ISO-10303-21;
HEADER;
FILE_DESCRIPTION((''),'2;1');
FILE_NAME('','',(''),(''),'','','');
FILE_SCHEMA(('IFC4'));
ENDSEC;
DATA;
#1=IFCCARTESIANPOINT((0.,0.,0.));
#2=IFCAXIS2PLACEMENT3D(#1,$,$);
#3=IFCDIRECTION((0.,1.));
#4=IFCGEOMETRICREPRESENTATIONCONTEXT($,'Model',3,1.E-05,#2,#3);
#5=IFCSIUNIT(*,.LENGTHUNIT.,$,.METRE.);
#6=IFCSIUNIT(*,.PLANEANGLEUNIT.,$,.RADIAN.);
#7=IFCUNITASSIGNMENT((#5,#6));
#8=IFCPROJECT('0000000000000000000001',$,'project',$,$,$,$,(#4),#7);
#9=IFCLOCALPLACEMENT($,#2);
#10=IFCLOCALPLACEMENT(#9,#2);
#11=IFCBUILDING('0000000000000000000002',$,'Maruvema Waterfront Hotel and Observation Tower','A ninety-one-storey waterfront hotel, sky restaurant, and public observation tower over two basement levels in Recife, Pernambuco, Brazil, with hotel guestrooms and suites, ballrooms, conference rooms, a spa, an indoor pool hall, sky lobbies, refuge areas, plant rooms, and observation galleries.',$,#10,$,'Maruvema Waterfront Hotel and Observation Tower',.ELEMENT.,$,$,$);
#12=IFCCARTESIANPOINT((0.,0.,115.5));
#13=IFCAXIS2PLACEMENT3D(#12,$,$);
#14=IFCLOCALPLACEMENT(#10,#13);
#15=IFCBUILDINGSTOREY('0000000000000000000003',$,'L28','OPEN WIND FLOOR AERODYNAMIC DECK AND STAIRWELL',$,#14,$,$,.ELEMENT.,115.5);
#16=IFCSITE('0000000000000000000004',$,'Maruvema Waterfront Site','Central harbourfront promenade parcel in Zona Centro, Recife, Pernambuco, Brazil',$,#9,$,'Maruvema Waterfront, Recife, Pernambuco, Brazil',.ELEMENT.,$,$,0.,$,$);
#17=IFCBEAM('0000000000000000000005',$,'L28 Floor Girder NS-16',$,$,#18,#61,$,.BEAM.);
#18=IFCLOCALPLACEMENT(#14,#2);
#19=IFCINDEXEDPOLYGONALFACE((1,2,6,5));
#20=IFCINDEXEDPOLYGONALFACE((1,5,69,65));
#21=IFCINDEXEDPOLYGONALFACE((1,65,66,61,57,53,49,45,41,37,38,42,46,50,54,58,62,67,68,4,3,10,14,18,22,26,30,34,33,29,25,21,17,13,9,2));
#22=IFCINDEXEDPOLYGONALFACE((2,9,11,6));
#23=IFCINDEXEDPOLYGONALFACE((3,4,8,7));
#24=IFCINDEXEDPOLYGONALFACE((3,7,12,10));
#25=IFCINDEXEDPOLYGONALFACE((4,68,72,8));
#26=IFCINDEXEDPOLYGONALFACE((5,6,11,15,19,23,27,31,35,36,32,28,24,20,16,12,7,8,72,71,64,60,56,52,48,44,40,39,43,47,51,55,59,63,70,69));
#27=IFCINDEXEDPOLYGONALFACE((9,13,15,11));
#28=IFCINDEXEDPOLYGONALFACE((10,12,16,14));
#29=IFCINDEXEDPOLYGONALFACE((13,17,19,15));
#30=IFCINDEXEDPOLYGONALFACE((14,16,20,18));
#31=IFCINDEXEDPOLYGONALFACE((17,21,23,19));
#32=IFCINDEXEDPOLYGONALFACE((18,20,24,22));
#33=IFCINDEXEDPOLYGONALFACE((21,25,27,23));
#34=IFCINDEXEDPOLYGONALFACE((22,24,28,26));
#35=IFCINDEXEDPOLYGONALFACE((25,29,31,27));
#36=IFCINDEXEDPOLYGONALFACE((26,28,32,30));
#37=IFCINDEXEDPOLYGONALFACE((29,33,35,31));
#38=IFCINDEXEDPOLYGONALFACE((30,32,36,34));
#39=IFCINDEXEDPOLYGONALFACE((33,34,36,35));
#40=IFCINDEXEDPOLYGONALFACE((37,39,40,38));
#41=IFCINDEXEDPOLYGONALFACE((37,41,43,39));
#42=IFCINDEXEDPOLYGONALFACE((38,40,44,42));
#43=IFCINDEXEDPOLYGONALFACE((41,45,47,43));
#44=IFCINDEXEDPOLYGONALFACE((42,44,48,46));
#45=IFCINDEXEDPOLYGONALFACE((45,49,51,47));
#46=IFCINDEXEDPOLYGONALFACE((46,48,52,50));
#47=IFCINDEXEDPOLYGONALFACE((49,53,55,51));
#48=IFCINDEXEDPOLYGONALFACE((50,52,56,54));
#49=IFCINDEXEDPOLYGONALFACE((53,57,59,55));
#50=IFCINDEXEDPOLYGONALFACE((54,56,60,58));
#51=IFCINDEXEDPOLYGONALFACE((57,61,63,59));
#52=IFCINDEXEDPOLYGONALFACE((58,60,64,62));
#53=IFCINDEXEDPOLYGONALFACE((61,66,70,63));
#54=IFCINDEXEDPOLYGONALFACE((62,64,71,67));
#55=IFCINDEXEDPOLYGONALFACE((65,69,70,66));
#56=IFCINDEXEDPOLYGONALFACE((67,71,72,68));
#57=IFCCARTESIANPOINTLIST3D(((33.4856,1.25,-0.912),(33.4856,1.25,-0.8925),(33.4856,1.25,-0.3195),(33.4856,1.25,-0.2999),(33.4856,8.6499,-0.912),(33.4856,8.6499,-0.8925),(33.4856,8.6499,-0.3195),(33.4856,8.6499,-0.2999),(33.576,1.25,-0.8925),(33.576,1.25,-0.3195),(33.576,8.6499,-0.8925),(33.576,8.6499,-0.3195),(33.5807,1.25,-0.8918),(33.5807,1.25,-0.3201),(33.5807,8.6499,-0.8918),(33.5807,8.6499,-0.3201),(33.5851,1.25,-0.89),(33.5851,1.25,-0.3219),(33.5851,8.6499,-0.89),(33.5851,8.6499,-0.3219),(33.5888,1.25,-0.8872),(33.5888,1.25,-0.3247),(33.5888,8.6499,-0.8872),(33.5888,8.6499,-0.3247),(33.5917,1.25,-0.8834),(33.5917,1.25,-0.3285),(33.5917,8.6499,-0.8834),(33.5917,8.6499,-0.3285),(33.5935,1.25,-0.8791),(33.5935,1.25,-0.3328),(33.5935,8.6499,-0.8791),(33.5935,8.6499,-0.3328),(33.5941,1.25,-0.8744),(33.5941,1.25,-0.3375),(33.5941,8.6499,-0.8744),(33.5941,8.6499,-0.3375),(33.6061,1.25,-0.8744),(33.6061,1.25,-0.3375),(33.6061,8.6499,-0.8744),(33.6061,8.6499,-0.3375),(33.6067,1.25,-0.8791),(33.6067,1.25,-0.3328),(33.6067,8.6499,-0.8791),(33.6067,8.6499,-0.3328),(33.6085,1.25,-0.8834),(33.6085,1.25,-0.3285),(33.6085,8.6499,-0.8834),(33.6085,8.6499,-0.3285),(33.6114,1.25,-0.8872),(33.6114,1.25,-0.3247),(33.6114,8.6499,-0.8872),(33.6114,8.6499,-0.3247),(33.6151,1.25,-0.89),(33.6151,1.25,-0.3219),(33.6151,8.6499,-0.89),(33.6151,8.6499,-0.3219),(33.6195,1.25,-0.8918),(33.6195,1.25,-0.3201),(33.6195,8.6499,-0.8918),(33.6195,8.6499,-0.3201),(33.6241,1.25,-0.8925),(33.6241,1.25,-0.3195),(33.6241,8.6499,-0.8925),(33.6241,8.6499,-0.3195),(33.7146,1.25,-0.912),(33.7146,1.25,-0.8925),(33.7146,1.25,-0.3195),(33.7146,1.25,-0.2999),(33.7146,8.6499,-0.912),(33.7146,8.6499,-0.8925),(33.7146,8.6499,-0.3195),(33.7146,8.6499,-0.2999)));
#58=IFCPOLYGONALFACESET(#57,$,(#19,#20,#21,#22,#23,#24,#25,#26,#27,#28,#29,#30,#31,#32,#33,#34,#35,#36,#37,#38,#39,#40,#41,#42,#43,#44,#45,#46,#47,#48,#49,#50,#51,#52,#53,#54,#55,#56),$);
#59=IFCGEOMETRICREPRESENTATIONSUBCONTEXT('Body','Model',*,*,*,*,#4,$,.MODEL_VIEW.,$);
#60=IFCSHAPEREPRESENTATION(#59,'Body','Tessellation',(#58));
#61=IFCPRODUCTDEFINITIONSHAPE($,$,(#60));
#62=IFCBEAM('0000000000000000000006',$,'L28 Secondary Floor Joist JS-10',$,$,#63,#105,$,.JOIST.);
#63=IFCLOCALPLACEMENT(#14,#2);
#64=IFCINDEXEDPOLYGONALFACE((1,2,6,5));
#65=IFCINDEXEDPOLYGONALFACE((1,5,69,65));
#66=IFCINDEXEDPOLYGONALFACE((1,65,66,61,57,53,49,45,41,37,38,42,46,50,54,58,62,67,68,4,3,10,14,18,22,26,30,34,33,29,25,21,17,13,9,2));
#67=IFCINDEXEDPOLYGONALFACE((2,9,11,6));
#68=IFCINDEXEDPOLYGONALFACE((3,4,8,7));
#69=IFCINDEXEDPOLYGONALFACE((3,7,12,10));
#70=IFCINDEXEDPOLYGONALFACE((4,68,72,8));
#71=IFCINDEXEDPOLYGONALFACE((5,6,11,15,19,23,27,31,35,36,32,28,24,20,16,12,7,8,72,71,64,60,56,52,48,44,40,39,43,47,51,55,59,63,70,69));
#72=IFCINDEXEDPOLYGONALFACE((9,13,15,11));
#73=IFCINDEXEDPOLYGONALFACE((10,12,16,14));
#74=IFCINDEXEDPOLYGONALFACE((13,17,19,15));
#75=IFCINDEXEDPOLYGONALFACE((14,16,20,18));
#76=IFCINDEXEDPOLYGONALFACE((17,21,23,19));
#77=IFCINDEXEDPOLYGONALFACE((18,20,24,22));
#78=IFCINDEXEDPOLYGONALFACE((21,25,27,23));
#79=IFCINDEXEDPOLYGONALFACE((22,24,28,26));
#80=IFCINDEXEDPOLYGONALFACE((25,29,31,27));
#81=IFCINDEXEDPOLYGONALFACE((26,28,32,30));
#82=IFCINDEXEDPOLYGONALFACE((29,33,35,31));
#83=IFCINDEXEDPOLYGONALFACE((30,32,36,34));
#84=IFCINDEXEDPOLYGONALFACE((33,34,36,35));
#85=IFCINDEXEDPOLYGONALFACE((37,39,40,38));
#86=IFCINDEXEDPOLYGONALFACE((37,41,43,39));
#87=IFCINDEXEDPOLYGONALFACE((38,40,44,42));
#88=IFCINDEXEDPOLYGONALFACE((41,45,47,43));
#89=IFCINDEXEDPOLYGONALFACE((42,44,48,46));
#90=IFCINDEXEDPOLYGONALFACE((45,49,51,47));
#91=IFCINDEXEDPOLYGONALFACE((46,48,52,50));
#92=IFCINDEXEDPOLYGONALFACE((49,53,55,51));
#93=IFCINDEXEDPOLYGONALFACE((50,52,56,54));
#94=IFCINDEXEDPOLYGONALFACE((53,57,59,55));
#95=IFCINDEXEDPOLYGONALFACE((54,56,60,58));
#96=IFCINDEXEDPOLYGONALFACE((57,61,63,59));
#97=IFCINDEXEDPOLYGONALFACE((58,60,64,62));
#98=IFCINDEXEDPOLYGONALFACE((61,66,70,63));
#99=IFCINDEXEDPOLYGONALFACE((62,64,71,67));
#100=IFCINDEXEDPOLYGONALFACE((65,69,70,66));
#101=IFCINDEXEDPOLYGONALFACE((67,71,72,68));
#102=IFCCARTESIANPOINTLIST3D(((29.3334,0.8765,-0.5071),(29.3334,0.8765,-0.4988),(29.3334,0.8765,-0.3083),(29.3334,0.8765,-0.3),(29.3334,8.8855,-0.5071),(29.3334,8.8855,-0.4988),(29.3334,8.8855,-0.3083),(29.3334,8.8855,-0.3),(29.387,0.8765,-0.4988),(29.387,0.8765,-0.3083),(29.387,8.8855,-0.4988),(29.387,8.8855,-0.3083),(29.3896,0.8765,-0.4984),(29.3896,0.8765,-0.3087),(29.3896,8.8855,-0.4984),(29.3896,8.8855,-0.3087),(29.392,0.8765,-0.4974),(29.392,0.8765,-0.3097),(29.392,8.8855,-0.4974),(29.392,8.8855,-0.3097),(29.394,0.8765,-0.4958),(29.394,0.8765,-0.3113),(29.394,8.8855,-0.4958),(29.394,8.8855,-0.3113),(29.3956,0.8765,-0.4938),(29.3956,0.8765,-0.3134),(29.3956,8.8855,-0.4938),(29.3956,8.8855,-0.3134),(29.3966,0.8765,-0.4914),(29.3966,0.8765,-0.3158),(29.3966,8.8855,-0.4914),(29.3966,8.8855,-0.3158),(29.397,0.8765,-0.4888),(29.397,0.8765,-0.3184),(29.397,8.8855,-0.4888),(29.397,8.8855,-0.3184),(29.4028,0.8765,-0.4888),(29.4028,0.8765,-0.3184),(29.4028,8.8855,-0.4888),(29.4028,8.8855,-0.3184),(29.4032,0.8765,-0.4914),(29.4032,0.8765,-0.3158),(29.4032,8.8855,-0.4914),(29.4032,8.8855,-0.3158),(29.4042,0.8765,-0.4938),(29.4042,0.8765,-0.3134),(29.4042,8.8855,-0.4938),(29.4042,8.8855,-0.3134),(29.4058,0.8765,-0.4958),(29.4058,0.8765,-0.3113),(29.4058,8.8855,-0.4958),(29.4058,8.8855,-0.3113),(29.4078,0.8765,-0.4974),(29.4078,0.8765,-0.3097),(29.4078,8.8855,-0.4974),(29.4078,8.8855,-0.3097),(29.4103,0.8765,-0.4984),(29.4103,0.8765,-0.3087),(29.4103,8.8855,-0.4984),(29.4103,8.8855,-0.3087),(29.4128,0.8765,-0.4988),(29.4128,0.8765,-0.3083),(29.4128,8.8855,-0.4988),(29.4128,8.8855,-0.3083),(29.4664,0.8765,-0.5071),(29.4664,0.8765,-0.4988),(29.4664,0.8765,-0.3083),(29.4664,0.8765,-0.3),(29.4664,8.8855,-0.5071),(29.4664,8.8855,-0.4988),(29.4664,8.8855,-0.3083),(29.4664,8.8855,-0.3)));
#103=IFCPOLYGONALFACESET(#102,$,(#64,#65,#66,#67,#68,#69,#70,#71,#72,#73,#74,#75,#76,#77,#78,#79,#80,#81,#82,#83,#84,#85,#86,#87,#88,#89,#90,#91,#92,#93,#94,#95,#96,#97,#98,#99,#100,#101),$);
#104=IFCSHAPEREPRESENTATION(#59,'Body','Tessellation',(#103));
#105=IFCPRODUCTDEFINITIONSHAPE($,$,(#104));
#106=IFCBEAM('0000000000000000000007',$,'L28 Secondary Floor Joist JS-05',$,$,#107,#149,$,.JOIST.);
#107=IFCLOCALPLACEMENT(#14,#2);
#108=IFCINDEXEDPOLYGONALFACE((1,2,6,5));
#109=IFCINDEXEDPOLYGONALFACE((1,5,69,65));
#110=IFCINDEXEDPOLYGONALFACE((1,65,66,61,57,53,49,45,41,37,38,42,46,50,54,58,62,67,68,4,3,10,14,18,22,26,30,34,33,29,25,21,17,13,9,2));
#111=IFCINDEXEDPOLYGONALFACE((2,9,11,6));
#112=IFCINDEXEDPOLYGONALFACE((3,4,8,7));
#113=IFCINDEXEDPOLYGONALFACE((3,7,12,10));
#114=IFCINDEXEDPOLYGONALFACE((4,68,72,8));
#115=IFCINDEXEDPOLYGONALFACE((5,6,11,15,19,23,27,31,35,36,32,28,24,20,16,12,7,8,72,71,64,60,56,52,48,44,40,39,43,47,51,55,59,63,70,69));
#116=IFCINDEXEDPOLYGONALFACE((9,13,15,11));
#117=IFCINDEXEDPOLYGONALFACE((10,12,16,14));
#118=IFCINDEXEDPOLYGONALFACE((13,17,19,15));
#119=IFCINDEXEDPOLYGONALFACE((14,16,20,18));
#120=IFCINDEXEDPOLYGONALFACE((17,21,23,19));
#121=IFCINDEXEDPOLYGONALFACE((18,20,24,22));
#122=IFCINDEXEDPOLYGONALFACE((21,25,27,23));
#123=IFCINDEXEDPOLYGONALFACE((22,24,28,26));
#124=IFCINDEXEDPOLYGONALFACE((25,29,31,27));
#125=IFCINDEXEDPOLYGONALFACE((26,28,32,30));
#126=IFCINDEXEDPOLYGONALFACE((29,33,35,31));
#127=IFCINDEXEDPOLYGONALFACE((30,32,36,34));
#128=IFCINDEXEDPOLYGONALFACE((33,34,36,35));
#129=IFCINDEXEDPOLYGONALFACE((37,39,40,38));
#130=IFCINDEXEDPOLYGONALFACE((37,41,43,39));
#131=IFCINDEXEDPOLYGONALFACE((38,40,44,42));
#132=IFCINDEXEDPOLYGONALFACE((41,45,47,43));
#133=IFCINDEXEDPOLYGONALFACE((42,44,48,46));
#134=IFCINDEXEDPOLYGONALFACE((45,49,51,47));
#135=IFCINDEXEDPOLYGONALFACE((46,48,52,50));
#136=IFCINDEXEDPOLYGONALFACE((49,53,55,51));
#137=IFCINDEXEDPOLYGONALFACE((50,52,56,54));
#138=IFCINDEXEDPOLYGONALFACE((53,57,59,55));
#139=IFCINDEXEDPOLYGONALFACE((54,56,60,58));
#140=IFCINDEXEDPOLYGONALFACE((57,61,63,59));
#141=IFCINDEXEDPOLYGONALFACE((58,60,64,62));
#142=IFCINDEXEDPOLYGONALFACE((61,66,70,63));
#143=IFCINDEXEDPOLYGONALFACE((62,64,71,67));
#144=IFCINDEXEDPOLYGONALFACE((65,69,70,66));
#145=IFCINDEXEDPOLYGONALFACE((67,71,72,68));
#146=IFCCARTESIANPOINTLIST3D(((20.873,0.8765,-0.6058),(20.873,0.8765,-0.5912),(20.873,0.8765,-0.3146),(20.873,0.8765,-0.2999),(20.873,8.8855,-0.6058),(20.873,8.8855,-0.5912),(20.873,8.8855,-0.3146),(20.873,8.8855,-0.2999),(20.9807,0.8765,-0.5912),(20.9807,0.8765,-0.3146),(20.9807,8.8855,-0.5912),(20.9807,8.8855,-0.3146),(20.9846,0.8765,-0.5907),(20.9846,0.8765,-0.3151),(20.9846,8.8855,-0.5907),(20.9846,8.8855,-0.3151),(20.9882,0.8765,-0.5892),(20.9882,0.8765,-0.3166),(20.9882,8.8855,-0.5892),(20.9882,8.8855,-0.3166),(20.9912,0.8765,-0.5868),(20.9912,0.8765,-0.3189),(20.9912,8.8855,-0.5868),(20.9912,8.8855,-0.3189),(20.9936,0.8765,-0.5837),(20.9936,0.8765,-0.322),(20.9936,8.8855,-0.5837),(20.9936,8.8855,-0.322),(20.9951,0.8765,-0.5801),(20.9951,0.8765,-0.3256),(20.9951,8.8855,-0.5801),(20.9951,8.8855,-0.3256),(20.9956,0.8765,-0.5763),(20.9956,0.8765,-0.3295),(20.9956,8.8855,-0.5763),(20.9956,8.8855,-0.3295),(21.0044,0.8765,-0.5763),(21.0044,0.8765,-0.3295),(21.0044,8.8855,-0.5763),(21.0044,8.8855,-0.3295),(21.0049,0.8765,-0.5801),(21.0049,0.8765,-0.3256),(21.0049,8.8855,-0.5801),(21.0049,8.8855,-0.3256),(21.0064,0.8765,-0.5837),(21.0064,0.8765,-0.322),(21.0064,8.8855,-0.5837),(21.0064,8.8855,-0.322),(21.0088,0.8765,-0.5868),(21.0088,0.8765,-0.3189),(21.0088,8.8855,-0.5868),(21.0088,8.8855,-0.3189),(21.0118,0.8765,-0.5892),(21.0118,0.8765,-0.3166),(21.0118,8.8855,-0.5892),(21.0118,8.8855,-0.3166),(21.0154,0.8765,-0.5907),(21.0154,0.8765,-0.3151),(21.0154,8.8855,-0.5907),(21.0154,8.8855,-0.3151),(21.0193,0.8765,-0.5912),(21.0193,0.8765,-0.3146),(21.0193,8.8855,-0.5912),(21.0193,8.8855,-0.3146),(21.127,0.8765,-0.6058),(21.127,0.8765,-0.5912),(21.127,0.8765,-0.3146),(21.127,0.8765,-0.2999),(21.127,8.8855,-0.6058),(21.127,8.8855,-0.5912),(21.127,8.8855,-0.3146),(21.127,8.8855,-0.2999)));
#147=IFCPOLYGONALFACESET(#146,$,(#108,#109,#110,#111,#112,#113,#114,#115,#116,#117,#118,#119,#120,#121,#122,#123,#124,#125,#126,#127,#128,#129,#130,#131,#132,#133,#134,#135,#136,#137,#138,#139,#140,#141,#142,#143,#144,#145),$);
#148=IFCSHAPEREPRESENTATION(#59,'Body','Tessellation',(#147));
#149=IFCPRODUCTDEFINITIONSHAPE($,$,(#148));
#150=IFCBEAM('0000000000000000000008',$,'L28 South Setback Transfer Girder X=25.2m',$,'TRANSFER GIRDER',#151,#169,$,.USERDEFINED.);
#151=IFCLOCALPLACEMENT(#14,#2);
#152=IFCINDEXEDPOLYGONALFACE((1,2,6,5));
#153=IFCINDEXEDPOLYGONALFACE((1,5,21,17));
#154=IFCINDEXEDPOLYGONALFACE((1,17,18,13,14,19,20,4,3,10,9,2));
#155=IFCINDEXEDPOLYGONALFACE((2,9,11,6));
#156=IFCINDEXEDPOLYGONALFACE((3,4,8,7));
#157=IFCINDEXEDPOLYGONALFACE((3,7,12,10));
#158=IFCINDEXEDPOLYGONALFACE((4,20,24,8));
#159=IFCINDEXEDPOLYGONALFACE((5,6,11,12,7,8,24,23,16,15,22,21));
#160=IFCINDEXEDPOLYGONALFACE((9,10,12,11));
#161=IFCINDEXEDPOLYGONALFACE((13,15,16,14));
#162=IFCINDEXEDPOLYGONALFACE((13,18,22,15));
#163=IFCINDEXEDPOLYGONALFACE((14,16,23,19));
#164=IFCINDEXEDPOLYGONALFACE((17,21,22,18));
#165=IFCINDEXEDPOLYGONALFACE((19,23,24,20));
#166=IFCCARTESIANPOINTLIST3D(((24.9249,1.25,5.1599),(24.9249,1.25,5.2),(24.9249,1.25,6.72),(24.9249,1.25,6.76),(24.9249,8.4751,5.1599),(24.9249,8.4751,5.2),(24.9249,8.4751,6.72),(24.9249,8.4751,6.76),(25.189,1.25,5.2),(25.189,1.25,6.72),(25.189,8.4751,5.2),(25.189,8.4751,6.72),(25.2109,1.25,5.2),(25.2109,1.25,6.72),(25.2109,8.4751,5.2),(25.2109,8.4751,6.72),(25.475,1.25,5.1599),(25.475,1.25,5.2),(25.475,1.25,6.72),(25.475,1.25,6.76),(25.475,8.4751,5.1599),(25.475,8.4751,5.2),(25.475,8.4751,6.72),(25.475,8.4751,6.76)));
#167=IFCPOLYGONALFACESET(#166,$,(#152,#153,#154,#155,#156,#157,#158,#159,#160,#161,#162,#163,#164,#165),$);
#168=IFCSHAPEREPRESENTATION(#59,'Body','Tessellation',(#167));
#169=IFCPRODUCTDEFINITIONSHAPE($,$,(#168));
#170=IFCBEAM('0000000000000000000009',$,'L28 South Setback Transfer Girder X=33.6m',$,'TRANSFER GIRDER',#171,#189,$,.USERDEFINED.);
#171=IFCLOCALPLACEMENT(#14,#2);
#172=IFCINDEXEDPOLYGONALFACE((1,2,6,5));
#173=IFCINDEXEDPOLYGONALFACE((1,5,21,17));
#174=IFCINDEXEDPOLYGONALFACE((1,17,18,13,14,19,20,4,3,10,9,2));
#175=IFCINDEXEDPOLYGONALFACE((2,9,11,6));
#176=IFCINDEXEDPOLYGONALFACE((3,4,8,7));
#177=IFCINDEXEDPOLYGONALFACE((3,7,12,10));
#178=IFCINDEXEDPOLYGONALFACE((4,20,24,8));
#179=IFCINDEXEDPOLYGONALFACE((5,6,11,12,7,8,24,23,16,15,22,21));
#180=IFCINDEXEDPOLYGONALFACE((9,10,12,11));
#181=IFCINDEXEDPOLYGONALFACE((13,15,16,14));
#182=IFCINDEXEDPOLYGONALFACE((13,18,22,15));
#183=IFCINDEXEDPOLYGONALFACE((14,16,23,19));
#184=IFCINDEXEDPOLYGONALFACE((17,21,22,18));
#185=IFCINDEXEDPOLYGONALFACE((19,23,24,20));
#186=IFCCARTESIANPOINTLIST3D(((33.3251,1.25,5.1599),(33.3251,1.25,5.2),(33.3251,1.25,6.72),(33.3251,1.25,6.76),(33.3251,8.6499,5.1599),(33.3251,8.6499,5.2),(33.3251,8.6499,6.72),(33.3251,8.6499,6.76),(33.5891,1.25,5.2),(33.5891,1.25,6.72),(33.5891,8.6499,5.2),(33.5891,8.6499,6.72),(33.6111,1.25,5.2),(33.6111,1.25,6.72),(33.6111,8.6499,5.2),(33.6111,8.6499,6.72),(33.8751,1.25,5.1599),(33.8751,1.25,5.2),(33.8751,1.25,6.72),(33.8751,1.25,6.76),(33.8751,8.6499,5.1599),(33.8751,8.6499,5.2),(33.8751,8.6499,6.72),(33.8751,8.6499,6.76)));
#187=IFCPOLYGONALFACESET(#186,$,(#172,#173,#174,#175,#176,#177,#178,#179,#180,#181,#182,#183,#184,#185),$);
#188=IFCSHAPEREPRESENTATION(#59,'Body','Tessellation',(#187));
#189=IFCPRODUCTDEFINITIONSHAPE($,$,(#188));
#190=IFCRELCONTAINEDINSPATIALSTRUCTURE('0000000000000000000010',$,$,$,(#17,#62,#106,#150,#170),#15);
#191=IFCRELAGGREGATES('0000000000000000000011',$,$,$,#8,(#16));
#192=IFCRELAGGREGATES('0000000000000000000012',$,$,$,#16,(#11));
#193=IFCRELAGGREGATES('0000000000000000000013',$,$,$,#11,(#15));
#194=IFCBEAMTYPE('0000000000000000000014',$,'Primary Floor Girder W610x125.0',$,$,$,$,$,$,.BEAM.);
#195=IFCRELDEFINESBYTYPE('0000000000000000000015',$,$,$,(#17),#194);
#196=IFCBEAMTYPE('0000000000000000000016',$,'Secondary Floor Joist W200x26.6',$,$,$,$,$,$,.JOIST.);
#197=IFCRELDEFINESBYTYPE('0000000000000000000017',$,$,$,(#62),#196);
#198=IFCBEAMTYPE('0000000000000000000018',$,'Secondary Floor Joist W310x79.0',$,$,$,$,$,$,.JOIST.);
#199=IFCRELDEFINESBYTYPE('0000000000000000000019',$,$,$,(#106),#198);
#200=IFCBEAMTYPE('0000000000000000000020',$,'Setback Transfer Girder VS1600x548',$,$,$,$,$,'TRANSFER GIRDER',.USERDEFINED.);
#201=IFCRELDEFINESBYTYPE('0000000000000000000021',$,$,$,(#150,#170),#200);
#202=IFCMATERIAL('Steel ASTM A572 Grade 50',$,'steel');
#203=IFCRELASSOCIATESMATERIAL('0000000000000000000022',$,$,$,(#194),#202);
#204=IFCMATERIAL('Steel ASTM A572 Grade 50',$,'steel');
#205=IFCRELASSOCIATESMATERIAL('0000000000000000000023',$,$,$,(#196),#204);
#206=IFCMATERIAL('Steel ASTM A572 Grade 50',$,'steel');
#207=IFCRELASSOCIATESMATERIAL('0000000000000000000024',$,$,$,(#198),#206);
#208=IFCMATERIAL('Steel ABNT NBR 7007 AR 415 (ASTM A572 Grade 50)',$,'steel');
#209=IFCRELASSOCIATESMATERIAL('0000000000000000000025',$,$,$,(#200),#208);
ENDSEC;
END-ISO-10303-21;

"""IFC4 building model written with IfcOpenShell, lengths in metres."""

from ifc_helpers import new_model, si_unit, direction, frame, origin, origin_2d, place, context, subcontext, project, spatial, i_section, extrude, material, material_profile, profile_set, type_object, element, save


model = new_model("IFC4")

# Units and contexts
model_context = context("Model", 3, precision=1e-05, world=origin(), true_north=direction((0.0, 1.0)))
body_context = subcontext(model_context, "Body", "Model", "MODEL_VIEW")
ifc_project = project(units=[si_unit("LENGTHUNIT", "METRE"), si_unit("PLANEANGLEUNIT", "RADIAN")], contexts=[model_context])

# Site, building, storey
site_placement = place(None, origin())
site = spatial("IfcSite", under=ifc_project, at=site_placement, Name="Maruvema Waterfront Site", Description="Central harbourfront promenade parcel in Zona Centro, Recife, Pernambuco, Brazil", LongName="Maruvema Waterfront, Recife, Pernambuco, Brazil", CompositionType="ELEMENT", RefElevation=0.0)
building_placement = place(site_placement, origin())
building = spatial("IfcBuilding", under=site, at=building_placement, Name="Maruvema Waterfront Hotel and Observation Tower", Description="A ninety-one-storey waterfront hotel, sky restaurant, and public observation tower over two basement levels in Recife, Pernambuco, Brazil, with hotel guestrooms and suites, ballrooms, conference rooms, a spa, an indoor pool hall, sky lobbies, refuge areas, plant rooms, and observation galleries.", LongName="Maruvema Waterfront Hotel and Observation Tower", CompositionType="ELEMENT")
storey_placement = place(building_placement, frame((0.0, 0.0, 115.5)))
storey = spatial("IfcBuildingStorey", under=building, at=storey_placement, Name="L28", Description="OPEN WIND FLOOR AERODYNAMIC DECK AND STAIRWELL", CompositionType="ELEMENT", Elevation=115.5)

# Beams
ifc_material_1 = material(Name="Steel ASTM A572 Grade 50", Category="steel")
ifc_material_profile_1 = material_profile(ifc_material_1, i_section(OverallWidth=0.229, OverallDepth=0.6121, WebThickness=0.012, FlangeThickness=0.0195, FilletRadius=0.0181, at=origin_2d()), Name="W610x125.0")
ifc_profile_set_1 = profile_set([ifc_material_profile_1], Name="Steel ASTM A572 Grade 50")
beam_type_1 = type_object("IfcBeamType", Name="Primary Floor Girder W610x125.0", PredefinedType="BEAM", material=ifc_profile_set_1)
beam_1_placement = place(storey_placement, frame((33.6001, 1.25, -0.606), z_axis=(0.0, 1.0, 0.0), x_axis=(-1.0, 0.0, 0.0)))
element("IfcBeam", 1, at=beam_1_placement, inside=storey, type_object=beam_type_1, Name="L28 Floor Girder NS-16", PredefinedType="BEAM", context=body_context, shape_type="SweptSolid", body=[
    extrude(i_section(OverallWidth=0.229, OverallDepth=0.6121, WebThickness=0.012, FlangeThickness=0.0195, FilletRadius=0.0181, at=origin_2d()), origin(), (0.0, 0.0, 1.0), 7.3999),
])
ifc_material_2 = material(Name="Steel ASTM A572 Grade 50", Category="steel")
ifc_material_profile_2 = material_profile(ifc_material_2, i_section(OverallWidth=0.1331, OverallDepth=0.207, WebThickness=0.0059, FlangeThickness=0.0083, FilletRadius=0.01, at=origin_2d()), Name="W200x26.6")
ifc_profile_set_2 = profile_set([ifc_material_profile_2], Name="Steel ASTM A572 Grade 50")
beam_type_2 = type_object("IfcBeamType", Name="Secondary Floor Joist W200x26.6", PredefinedType="JOIST", material=ifc_profile_set_2)
beam_2_placement = place(storey_placement, frame((29.3999, 0.8765, -0.4036), z_axis=(0.0, 1.0, 0.0), x_axis=(-1.0, 0.0, 0.0)))
element("IfcBeam", 2, at=beam_2_placement, inside=storey, type_object=beam_type_2, Name="L28 Secondary Floor Joist JS-10", PredefinedType="JOIST", context=body_context, shape_type="SweptSolid", body=[
    extrude(i_section(OverallWidth=0.1331, OverallDepth=0.207, WebThickness=0.0059, FlangeThickness=0.0083, FilletRadius=0.01, at=origin_2d()), origin(), (0.0, 0.0, 1.0), 8.009),
])
ifc_material_3 = material(Name="Steel ASTM A572 Grade 50", Category="steel")
ifc_material_profile_3 = material_profile(ifc_material_3, i_section(OverallWidth=0.2539, OverallDepth=0.3059, WebThickness=0.0088, FlangeThickness=0.0146, FilletRadius=0.0149, at=origin_2d()), Name="W310x79.0")
ifc_profile_set_3 = profile_set([ifc_material_profile_3], Name="Steel ASTM A572 Grade 50")
beam_type_3 = type_object("IfcBeamType", Name="Secondary Floor Joist W310x79.0", PredefinedType="JOIST", material=ifc_profile_set_3)
beam_3_placement = place(storey_placement, frame((21.0, 0.8765, -0.4529), z_axis=(0.0, 1.0, 0.0), x_axis=(-1.0, 0.0, 0.0)))
element("IfcBeam", 3, at=beam_3_placement, inside=storey, type_object=beam_type_3, Name="L28 Secondary Floor Joist JS-05", PredefinedType="JOIST", context=body_context, shape_type="SweptSolid", body=[
    extrude(i_section(OverallWidth=0.2539, OverallDepth=0.3059, WebThickness=0.0088, FlangeThickness=0.0146, FilletRadius=0.0149, at=origin_2d()), origin(), (0.0, 0.0, 1.0), 8.009),
])
ifc_material_4 = material(Name="Steel ABNT NBR 7007 AR 415 (ASTM A572 Grade 50)", Category="steel")
ifc_material_profile_4 = material_profile(ifc_material_4, i_section(OverallWidth=0.55, OverallDepth=1.6001, WebThickness=0.022, FlangeThickness=0.04, at=origin_2d()), Name="VS1600x548")
ifc_profile_set_4 = profile_set([ifc_material_profile_4], Name="Steel ABNT NBR 7007 AR 415 (ASTM A572 Grade 50)")
beam_type_4 = type_object("IfcBeamType", Name="Setback Transfer Girder VS1600x548", ElementType="TRANSFER GIRDER", PredefinedType="USERDEFINED", material=ifc_profile_set_4)
beam_4_placement = place(storey_placement, frame((25.2, 1.25, 5.96), z_axis=(0.0, 1.0, 0.0), x_axis=(-1.0, 0.0, 0.0)))
element("IfcBeam", 4, at=beam_4_placement, inside=storey, type_object=beam_type_4, Name="L28 South Setback Transfer Girder X=25.2m", ObjectType="TRANSFER GIRDER", PredefinedType="USERDEFINED", context=body_context, shape_type="SweptSolid", body=[
    extrude(i_section(OverallWidth=0.55, OverallDepth=1.6001, WebThickness=0.022, FlangeThickness=0.04, at=origin_2d()), origin(), (0.0, 0.0, 1.0), 7.2251),
])
beam_5_placement = place(storey_placement, frame((33.6001, 1.25, 5.96), z_axis=(0.0, 1.0, 0.0), x_axis=(-1.0, 0.0, 0.0)))
element("IfcBeam", 5, at=beam_5_placement, inside=storey, type_object=beam_type_4, Name="L28 South Setback Transfer Girder X=33.6m", ObjectType="TRANSFER GIRDER", PredefinedType="USERDEFINED", context=body_context, shape_type="SweptSolid", body=[
    extrude(i_section(OverallWidth=0.55, OverallDepth=1.6001, WebThickness=0.022, FlangeThickness=0.04, at=origin_2d()), origin(), (0.0, 0.0, 1.0), 7.3999),
])

save(model, "model.ifc")
